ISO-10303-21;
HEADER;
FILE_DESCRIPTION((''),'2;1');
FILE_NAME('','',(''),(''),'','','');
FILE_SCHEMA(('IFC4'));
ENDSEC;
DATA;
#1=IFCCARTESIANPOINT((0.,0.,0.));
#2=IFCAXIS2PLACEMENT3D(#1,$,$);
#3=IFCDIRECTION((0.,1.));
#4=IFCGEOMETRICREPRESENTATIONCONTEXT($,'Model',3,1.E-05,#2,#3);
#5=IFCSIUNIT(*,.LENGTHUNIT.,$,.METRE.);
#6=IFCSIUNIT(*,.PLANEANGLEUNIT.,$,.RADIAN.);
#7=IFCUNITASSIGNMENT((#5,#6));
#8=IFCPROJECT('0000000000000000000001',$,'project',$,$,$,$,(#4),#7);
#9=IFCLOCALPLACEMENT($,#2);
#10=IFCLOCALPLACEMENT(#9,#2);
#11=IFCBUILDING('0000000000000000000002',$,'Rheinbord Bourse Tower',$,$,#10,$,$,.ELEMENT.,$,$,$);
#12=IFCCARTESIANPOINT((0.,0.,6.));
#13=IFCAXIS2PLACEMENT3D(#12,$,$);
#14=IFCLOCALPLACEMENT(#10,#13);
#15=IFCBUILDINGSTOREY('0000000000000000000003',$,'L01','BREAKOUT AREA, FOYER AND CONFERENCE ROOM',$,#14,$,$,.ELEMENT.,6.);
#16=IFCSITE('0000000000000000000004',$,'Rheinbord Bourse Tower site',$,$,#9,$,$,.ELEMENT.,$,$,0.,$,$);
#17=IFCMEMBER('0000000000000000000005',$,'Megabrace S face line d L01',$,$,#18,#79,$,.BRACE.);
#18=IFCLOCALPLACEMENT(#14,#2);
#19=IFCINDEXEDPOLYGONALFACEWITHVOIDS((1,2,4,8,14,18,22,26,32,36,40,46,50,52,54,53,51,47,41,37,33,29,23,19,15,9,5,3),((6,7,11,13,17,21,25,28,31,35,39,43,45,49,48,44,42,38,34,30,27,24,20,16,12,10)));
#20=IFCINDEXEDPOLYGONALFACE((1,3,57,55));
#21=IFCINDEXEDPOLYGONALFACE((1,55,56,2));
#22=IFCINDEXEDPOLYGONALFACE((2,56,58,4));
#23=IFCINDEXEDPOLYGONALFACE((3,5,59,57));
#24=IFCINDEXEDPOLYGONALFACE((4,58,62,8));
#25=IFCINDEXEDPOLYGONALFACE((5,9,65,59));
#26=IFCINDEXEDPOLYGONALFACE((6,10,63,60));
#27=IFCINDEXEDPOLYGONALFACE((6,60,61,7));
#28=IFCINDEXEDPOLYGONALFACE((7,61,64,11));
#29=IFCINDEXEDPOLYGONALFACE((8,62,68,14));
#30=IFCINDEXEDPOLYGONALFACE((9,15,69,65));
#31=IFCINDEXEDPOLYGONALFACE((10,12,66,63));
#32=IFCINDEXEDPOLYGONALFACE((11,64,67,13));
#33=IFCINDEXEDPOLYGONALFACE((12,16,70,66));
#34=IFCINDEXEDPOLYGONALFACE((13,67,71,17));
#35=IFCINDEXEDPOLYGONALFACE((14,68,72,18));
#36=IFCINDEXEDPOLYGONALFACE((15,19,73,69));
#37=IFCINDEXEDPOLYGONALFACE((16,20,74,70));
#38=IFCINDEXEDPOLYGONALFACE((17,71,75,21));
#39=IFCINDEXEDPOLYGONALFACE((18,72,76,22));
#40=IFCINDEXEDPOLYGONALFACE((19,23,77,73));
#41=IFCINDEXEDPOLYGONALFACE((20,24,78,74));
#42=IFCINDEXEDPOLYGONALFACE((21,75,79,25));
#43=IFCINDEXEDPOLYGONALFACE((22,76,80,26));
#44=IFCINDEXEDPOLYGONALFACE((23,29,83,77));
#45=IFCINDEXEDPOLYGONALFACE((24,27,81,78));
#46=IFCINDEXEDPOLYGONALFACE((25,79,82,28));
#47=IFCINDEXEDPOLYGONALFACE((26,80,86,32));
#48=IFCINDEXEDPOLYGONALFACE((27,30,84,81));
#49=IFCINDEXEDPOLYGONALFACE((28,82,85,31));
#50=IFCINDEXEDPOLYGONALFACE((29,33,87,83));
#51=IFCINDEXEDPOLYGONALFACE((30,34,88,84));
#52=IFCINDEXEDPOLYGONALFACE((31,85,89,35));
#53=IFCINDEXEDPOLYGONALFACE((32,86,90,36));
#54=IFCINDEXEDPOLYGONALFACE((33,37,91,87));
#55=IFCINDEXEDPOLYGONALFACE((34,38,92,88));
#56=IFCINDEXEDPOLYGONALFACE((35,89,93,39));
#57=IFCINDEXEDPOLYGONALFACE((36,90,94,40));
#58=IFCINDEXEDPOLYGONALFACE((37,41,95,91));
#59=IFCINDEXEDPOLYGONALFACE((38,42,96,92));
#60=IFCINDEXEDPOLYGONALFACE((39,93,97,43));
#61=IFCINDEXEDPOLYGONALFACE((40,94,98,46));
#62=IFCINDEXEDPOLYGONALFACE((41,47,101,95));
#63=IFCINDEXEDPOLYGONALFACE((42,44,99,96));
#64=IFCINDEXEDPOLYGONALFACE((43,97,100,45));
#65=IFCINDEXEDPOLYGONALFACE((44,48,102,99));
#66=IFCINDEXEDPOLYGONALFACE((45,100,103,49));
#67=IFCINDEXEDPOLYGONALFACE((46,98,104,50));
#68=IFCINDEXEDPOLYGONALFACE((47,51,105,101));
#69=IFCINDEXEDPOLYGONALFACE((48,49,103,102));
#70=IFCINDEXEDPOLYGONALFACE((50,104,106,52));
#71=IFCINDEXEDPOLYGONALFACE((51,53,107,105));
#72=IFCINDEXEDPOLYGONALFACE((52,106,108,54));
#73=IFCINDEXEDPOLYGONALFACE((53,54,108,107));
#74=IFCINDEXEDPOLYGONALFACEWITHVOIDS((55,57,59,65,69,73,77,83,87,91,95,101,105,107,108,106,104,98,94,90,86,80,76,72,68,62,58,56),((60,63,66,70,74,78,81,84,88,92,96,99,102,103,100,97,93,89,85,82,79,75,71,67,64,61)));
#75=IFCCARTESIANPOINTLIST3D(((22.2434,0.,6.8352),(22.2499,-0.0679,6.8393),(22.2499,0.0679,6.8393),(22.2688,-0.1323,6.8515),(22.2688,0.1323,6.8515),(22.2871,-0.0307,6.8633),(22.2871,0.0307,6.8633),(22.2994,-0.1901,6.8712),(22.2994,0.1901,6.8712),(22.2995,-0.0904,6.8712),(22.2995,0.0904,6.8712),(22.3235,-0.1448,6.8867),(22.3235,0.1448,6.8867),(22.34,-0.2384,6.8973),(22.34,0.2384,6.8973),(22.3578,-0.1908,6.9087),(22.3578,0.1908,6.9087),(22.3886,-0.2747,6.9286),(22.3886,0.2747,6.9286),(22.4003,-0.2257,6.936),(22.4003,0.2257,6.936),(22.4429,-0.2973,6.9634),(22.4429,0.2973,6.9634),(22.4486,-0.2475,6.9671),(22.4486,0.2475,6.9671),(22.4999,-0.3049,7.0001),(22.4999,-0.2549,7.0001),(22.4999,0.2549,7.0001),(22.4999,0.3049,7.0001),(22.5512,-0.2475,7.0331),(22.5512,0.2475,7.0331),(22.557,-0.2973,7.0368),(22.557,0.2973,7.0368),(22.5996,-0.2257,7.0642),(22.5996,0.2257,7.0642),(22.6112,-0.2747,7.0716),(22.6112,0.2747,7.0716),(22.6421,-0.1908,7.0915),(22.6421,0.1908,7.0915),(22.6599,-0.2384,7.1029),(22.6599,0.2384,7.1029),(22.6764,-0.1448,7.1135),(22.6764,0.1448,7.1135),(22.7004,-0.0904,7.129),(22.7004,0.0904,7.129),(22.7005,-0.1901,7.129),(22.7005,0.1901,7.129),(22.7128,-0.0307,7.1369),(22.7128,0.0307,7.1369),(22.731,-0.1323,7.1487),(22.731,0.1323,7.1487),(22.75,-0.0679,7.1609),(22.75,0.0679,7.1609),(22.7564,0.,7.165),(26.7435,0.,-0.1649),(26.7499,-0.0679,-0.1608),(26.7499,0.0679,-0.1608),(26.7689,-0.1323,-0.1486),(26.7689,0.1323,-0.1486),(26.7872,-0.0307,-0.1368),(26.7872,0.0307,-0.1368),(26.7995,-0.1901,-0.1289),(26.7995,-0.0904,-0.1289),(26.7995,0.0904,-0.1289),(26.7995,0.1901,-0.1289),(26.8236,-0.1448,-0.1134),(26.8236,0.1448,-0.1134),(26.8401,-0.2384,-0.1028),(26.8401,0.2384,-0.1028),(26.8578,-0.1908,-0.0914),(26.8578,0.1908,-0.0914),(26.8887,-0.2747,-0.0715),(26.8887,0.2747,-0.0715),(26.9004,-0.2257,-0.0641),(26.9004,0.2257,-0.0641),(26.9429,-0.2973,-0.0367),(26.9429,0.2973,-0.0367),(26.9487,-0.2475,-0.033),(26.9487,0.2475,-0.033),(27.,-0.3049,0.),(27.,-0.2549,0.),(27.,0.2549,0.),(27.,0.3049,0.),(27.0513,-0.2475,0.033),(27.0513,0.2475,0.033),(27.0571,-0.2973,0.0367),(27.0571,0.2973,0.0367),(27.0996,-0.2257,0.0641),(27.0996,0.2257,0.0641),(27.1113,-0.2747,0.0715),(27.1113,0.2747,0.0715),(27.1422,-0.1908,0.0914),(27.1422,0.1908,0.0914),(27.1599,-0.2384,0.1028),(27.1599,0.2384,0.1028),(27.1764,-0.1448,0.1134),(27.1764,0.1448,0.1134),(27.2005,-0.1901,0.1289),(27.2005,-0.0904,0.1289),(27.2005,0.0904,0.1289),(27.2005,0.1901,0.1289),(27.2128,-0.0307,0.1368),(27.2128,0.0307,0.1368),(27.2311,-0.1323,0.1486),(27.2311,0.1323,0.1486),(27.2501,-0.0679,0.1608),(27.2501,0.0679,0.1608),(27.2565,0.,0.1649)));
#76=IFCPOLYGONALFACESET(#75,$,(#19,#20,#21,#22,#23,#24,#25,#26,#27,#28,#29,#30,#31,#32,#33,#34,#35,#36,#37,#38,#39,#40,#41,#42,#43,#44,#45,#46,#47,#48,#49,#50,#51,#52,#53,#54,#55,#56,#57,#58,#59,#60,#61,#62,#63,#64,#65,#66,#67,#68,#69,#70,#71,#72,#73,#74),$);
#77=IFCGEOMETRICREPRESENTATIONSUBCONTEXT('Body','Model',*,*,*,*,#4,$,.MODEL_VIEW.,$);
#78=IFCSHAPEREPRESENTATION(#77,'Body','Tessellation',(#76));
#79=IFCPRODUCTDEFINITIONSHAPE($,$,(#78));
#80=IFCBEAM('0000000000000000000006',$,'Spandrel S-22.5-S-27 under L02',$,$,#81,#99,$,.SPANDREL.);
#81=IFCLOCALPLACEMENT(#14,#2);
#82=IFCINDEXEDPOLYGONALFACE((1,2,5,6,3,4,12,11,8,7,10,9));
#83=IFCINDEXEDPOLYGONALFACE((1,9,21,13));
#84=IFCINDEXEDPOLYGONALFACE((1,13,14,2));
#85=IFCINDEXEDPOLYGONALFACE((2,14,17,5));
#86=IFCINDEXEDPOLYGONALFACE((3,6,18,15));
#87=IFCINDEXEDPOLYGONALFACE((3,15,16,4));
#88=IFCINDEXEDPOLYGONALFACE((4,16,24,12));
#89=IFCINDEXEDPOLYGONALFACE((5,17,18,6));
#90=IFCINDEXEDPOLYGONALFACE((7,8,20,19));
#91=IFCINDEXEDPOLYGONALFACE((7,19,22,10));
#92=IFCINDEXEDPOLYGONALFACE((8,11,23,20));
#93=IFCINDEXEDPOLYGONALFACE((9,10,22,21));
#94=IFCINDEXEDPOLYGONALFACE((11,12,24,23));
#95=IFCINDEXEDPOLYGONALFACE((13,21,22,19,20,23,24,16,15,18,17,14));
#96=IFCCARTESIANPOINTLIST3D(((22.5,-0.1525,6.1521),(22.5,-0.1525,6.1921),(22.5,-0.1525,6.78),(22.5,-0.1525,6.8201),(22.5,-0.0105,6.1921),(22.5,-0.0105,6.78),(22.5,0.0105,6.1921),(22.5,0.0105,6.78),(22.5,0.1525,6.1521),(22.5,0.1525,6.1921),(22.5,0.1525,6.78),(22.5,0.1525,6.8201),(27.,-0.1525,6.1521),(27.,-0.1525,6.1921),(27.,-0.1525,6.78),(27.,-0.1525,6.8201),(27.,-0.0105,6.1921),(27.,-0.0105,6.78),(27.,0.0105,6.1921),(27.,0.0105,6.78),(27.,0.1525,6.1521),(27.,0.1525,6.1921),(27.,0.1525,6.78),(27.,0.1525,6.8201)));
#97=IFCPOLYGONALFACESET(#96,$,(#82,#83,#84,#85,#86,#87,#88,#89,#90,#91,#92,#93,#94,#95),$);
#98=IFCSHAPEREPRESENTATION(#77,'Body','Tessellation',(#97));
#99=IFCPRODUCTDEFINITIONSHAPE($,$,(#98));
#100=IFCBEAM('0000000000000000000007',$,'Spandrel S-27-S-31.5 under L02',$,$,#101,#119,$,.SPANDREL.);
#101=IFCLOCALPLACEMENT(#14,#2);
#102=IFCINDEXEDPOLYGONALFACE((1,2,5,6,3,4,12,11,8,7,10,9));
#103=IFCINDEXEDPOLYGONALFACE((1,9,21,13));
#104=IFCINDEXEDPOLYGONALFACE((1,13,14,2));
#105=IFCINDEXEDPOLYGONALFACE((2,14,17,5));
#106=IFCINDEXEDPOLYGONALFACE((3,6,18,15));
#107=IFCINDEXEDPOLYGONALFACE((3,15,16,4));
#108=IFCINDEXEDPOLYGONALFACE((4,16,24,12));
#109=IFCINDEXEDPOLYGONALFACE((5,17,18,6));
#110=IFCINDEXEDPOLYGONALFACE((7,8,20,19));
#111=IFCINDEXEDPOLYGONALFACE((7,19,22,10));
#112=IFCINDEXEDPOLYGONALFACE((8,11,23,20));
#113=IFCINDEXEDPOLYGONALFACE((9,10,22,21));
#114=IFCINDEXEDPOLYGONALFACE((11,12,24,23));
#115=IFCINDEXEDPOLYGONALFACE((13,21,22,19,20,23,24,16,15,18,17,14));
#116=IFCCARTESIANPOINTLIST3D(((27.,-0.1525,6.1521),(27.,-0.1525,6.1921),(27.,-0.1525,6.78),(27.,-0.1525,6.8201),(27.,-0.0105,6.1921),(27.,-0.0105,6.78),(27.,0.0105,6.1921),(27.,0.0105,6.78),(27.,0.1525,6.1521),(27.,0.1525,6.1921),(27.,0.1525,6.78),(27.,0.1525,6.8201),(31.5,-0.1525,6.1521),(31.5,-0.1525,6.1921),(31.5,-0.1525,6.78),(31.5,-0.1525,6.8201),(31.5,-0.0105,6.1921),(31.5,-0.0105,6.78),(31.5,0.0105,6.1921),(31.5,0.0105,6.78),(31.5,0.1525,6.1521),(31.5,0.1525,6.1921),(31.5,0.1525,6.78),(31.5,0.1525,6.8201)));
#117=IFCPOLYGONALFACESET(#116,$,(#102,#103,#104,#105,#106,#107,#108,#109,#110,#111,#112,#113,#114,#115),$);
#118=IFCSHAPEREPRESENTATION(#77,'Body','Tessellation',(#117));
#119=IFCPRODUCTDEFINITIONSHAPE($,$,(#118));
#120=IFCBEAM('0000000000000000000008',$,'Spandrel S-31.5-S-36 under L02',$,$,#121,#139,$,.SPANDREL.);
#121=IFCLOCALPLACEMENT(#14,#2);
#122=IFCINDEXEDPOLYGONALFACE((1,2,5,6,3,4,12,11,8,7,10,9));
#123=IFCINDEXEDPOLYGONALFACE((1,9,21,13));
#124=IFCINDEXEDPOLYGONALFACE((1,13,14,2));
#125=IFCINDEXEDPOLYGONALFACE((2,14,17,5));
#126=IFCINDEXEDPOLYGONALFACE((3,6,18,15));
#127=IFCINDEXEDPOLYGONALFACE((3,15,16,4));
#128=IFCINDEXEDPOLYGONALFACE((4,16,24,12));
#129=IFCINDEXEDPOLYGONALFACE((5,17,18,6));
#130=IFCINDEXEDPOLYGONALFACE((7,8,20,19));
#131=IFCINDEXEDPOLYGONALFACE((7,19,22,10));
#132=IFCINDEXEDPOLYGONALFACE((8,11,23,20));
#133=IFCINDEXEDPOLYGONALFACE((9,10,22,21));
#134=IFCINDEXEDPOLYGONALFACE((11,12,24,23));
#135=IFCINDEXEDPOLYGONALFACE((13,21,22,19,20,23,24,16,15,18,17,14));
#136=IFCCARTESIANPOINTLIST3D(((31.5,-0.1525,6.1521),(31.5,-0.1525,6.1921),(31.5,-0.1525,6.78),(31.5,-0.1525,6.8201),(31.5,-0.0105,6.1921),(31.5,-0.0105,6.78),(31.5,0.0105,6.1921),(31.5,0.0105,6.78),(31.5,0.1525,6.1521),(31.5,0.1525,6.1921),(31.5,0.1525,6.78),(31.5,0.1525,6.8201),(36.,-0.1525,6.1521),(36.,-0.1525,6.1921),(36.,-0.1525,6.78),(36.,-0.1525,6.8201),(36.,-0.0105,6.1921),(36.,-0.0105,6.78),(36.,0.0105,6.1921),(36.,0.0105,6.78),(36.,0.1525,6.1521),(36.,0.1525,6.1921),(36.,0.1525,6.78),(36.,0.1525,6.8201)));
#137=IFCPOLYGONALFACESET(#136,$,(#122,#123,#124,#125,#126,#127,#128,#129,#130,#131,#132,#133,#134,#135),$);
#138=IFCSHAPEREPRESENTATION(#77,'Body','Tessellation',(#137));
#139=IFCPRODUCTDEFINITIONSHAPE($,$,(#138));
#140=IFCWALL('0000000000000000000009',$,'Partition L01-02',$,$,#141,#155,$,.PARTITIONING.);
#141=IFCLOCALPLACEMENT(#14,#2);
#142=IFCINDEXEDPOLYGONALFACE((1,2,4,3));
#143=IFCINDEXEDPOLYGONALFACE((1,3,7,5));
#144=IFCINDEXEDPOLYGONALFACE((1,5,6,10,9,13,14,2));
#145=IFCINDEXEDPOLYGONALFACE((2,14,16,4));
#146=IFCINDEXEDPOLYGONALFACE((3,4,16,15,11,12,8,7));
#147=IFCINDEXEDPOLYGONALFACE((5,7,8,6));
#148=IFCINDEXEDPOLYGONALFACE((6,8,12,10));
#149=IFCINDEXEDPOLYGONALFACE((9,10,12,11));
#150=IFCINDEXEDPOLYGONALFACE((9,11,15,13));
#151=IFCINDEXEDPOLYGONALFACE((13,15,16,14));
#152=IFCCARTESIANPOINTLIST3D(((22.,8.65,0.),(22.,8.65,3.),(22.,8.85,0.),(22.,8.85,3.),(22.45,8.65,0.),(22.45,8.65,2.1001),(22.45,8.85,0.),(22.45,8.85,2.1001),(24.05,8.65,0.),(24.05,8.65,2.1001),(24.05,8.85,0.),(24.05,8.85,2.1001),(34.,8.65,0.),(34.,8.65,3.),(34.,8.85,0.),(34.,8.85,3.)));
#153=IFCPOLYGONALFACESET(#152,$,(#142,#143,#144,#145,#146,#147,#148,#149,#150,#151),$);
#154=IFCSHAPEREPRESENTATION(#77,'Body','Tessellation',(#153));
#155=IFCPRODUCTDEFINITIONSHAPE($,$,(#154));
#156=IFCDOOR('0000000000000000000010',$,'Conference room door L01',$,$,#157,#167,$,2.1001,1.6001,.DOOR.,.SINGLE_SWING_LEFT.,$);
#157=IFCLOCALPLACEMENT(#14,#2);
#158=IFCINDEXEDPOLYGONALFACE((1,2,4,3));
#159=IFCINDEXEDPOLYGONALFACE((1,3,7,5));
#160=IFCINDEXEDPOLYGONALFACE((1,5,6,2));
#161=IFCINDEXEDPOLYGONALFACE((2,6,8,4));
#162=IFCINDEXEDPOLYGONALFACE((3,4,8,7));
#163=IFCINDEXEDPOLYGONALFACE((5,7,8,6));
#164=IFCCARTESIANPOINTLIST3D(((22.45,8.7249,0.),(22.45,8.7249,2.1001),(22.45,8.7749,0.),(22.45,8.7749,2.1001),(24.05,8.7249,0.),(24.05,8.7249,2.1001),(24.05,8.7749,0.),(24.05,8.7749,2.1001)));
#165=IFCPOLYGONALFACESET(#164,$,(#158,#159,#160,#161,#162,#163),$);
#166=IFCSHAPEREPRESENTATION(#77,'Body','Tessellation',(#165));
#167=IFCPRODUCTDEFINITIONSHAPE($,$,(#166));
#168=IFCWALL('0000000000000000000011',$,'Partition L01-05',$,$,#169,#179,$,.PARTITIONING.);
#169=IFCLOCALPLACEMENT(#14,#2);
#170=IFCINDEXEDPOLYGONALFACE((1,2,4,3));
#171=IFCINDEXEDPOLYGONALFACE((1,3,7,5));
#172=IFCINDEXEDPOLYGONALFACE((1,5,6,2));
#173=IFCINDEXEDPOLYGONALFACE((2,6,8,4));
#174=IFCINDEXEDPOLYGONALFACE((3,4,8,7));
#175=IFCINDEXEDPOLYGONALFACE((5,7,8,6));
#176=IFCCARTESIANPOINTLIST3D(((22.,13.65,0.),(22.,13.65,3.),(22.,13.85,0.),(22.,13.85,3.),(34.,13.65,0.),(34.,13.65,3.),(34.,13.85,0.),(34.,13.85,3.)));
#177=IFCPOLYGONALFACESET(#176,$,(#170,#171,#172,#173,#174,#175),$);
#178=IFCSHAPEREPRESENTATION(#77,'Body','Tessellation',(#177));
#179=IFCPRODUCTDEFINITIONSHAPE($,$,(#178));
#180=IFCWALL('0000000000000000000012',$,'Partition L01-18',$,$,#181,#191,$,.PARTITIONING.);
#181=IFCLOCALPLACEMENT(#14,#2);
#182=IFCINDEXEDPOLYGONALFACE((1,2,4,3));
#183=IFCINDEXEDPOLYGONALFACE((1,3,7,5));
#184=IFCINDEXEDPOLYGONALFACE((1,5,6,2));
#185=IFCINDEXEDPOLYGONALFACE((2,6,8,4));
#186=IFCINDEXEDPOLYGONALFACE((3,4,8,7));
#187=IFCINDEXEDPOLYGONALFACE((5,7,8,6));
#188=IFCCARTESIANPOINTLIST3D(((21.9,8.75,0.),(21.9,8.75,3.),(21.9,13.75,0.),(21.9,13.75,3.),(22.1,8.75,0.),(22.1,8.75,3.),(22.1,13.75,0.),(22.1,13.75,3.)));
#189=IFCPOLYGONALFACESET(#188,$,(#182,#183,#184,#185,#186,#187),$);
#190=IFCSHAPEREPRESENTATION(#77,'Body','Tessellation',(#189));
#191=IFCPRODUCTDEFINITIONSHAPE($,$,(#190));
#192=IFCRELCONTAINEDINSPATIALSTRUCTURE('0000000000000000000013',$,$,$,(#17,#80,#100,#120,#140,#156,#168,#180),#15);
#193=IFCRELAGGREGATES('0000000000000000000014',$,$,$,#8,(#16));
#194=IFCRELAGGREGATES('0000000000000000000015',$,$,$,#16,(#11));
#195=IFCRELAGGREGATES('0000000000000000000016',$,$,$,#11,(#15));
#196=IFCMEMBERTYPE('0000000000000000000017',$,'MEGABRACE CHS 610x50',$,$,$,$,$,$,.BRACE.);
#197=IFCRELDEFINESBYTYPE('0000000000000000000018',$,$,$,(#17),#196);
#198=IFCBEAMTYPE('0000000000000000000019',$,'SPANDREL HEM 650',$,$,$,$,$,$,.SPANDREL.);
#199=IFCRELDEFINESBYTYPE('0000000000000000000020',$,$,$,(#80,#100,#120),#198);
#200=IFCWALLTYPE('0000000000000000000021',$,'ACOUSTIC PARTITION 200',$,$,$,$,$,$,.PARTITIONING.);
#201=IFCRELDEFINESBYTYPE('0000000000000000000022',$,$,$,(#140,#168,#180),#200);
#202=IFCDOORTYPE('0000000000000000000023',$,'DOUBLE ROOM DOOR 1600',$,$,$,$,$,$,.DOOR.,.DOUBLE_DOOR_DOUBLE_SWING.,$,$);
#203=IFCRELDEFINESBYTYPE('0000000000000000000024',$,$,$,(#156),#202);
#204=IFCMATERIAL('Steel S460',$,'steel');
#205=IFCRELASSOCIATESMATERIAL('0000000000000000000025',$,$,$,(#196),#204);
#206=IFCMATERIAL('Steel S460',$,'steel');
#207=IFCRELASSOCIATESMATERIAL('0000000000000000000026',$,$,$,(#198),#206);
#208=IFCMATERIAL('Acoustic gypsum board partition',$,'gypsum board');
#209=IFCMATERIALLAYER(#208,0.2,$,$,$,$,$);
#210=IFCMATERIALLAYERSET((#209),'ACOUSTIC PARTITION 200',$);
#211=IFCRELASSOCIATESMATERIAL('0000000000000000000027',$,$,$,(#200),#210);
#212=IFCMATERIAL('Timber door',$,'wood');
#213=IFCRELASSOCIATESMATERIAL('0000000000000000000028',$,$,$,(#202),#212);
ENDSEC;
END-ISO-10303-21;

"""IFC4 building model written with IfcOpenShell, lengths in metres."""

from ifc_helpers import new_model, si_unit, direction, frame, frame_2d, origin, origin_2d, place, context, subcontext, project, spatial, rectangle, hollow_circle, i_section, extrude, material, layer, layer_set, material_profile, profile_set, type_object, element, fill, save


model = new_model("IFC4")

# Units and contexts
model_context = context("Model", 3, precision=1e-05, world=origin(), true_north=direction((0.0, 1.0)))
body_context = subcontext(model_context, "Body", "Model", "MODEL_VIEW")
ifc_project = project(units=[si_unit("LENGTHUNIT", "METRE"), si_unit("PLANEANGLEUNIT", "RADIAN")], contexts=[model_context])

# Site, building, storey
site_placement = place(None, origin())
site = spatial("IfcSite", under=ifc_project, at=site_placement, Name="Rheinbord Bourse Tower site", CompositionType="ELEMENT", RefElevation=0.0)
building_placement = place(site_placement, origin())
building = spatial("IfcBuilding", under=site, at=building_placement, Name="Rheinbord Bourse Tower", CompositionType="ELEMENT")
storey_placement = place(building_placement, frame((0.0, 0.0, 6.0)))
storey = spatial("IfcBuildingStorey", under=building, at=storey_placement, Name="L01", Description="BREAKOUT AREA, FOYER AND CONFERENCE ROOM", CompositionType="ELEMENT", Elevation=6.0)

# Member
ifc_material_1 = material(Name="Steel S460", Category="steel")
ifc_material_profile_1 = material_profile(ifc_material_1, hollow_circle(Radius=0.3049, WallThickness=0.05, at=origin_2d()), Name="CHS 610x50")
ifc_profile_set_1 = profile_set([ifc_material_profile_1], Name="Steel S460")
member_type = type_object("IfcMemberType", Name="MEGABRACE CHS 610x50", PredefinedType="BRACE", material=ifc_profile_set_1)
member_placement = place(storey_placement, frame((27.0, 0.0, 0.0), z_axis=(-0.540758, 0.0, 0.841178), x_axis=(0.0, -1.0, 0.0)))
element("IfcMember", 1, at=member_placement, inside=storey, type_object=member_type, Name="Megabrace S face line d L01", PredefinedType="BRACE", context=body_context, shape_type="SweptSolid", body=[
    extrude(hollow_circle(Radius=0.3049, WallThickness=0.05, at=origin_2d()), origin(), (0.0, 0.0, 1.0), 8.3218),
])

# Beams
ifc_material_2 = material(Name="Steel S460", Category="steel")
ifc_material_profile_2 = material_profile(ifc_material_2, i_section(OverallWidth=0.3049, OverallDepth=0.668, WebThickness=0.021, FlangeThickness=0.04, at=origin_2d()), Name="HEM 650")
ifc_profile_set_2 = profile_set([ifc_material_profile_2], Name="Steel S460")
beam_type_1 = type_object("IfcBeamType", Name="SPANDREL HEM 650", PredefinedType="SPANDREL", material=ifc_profile_set_2)
for number, where, z_axis, x_axis, name in (
    (2, (22.5, 0.0, 6.4861), (1.0, 0.0, 0.0), (0.0, 1.0, 0.0), "Spandrel S-22.5-S-27 under L02"),
    (3, (27.0, 0.0, 6.4861), (1.0, 0.0, 0.0), (0.0, 1.0, 0.0), "Spandrel S-27-S-31.5 under L02"),
    (4, (31.5, 0.0, 6.4861), (1.0, 0.0, 0.0), (0.0, 1.0, 0.0), "Spandrel S-31.5-S-36 under L02"),
):
    element("IfcBeam", number, at=place(storey_placement, frame(where, z_axis=z_axis, x_axis=x_axis)), inside=storey, type_object=beam_type_1, Name=name, PredefinedType="SPANDREL", context=body_context, shape_type="SweptSolid", body=[
        extrude(i_section(OverallWidth=0.3049, OverallDepth=0.668, WebThickness=0.021, FlangeThickness=0.04, at=origin_2d()), origin(), (0.0, 0.0, 1.0), 4.5),
    ])

# Wall, opening, door
ifc_material_3 = material(Name="Acoustic gypsum board partition", Category="gypsum board")
ifc_layer_1 = layer(ifc_material_3, 0.2)
ifc_layer_set_1 = layer_set([ifc_layer_1], Name="ACOUSTIC PARTITION 200")
wall_type_1 = type_object("IfcWallType", Name="ACOUSTIC PARTITION 200", PredefinedType="PARTITIONING", material=ifc_layer_set_1)
wall_1_placement = place(storey_placement, frame((22.0, 8.75, 0.0), z_axis=(0.0, 0.0, 1.0), x_axis=(1.0, 0.0, 0.0)))
wall_1 = element("IfcWall", 5, at=wall_1_placement, inside=storey, type_object=wall_type_1, Name="Partition L01-02", PredefinedType="PARTITIONING", context=body_context, shape_type="SweptSolid", body=[
    extrude(rectangle(XDim=12.0, YDim=0.2, at=frame_2d((6.0, 0.0))), origin(), (0.0, 0.0, 1.0), 3.0),
])
opening_placement = place(wall_1_placement, frame((0.45, 0.0, 0.0)))
opening = element("IfcOpeningElement", 6, at=opening_placement, cuts=wall_1, PredefinedType="OPENING", context=body_context, shape_type="SweptSolid", body=[
    extrude(rectangle(XDim=1.6001, YDim=2.1001, at=frame_2d((0.8, 1.05))), frame((0.0, 0.1099, 0.0), z_axis=(0.0, -1.0, 0.0), x_axis=(1.0, 0.0, 0.0)), (0.0, 0.0, 1.0), 0.22),
])
ifc_material_4 = material(Name="Timber door", Category="wood")
door_type = type_object("IfcDoorType", Name="DOUBLE ROOM DOOR 1600", OperationType="DOUBLE_DOOR_DOUBLE_SWING", PredefinedType="DOOR", material=ifc_material_4)
door_placement = place(opening_placement, origin())
door = element("IfcDoor", 7, at=door_placement, inside=storey, type_object=door_type, Name="Conference room door L01", OperationType="SINGLE_SWING_LEFT", OverallHeight=2.1001, OverallWidth=1.6001, PredefinedType="DOOR", context=body_context, shape_type="SweptSolid", body=[
    extrude(rectangle(XDim=1.6001, YDim=2.1001, at=frame_2d((0.8, 1.05))), frame((0.0, 0.0249, 0.0), z_axis=(0.0, -1.0, 0.0), x_axis=(1.0, 0.0, 0.0)), (0.0, 0.0, 1.0), 0.05),
])
fill(opening, door)

# Walls
wall_2_placement = place(storey_placement, frame((22.0, 13.75, 0.0), z_axis=(0.0, 0.0, 1.0), x_axis=(1.0, 0.0, 0.0)))
element("IfcWall", 8, at=wall_2_placement, inside=storey, type_object=wall_type_1, Name="Partition L01-05", PredefinedType="PARTITIONING", context=body_context, shape_type="SweptSolid", body=[
    extrude(rectangle(XDim=12.0, YDim=0.2, at=frame_2d((6.0, 0.0))), origin(), (0.0, 0.0, 1.0), 3.0),
])
for number, where, z_axis, x_axis, name in (
    (9, (22.0, 8.75, 0.0), (0.0, 0.0, 1.0), (0.0, 1.0, 0.0), "Partition L01-18"),
):
    element("IfcWall", number, at=place(storey_placement, frame(where, z_axis=z_axis, x_axis=x_axis)), inside=storey, type_object=wall_type_1, Name=name, PredefinedType="PARTITIONING", context=body_context, shape_type="SweptSolid", body=[
        extrude(rectangle(XDim=5.0, YDim=0.2, at=frame_2d((2.5, 0.0))), origin(), (0.0, 0.0, 1.0), 3.0),
    ])

save(model, "model.ifc")
